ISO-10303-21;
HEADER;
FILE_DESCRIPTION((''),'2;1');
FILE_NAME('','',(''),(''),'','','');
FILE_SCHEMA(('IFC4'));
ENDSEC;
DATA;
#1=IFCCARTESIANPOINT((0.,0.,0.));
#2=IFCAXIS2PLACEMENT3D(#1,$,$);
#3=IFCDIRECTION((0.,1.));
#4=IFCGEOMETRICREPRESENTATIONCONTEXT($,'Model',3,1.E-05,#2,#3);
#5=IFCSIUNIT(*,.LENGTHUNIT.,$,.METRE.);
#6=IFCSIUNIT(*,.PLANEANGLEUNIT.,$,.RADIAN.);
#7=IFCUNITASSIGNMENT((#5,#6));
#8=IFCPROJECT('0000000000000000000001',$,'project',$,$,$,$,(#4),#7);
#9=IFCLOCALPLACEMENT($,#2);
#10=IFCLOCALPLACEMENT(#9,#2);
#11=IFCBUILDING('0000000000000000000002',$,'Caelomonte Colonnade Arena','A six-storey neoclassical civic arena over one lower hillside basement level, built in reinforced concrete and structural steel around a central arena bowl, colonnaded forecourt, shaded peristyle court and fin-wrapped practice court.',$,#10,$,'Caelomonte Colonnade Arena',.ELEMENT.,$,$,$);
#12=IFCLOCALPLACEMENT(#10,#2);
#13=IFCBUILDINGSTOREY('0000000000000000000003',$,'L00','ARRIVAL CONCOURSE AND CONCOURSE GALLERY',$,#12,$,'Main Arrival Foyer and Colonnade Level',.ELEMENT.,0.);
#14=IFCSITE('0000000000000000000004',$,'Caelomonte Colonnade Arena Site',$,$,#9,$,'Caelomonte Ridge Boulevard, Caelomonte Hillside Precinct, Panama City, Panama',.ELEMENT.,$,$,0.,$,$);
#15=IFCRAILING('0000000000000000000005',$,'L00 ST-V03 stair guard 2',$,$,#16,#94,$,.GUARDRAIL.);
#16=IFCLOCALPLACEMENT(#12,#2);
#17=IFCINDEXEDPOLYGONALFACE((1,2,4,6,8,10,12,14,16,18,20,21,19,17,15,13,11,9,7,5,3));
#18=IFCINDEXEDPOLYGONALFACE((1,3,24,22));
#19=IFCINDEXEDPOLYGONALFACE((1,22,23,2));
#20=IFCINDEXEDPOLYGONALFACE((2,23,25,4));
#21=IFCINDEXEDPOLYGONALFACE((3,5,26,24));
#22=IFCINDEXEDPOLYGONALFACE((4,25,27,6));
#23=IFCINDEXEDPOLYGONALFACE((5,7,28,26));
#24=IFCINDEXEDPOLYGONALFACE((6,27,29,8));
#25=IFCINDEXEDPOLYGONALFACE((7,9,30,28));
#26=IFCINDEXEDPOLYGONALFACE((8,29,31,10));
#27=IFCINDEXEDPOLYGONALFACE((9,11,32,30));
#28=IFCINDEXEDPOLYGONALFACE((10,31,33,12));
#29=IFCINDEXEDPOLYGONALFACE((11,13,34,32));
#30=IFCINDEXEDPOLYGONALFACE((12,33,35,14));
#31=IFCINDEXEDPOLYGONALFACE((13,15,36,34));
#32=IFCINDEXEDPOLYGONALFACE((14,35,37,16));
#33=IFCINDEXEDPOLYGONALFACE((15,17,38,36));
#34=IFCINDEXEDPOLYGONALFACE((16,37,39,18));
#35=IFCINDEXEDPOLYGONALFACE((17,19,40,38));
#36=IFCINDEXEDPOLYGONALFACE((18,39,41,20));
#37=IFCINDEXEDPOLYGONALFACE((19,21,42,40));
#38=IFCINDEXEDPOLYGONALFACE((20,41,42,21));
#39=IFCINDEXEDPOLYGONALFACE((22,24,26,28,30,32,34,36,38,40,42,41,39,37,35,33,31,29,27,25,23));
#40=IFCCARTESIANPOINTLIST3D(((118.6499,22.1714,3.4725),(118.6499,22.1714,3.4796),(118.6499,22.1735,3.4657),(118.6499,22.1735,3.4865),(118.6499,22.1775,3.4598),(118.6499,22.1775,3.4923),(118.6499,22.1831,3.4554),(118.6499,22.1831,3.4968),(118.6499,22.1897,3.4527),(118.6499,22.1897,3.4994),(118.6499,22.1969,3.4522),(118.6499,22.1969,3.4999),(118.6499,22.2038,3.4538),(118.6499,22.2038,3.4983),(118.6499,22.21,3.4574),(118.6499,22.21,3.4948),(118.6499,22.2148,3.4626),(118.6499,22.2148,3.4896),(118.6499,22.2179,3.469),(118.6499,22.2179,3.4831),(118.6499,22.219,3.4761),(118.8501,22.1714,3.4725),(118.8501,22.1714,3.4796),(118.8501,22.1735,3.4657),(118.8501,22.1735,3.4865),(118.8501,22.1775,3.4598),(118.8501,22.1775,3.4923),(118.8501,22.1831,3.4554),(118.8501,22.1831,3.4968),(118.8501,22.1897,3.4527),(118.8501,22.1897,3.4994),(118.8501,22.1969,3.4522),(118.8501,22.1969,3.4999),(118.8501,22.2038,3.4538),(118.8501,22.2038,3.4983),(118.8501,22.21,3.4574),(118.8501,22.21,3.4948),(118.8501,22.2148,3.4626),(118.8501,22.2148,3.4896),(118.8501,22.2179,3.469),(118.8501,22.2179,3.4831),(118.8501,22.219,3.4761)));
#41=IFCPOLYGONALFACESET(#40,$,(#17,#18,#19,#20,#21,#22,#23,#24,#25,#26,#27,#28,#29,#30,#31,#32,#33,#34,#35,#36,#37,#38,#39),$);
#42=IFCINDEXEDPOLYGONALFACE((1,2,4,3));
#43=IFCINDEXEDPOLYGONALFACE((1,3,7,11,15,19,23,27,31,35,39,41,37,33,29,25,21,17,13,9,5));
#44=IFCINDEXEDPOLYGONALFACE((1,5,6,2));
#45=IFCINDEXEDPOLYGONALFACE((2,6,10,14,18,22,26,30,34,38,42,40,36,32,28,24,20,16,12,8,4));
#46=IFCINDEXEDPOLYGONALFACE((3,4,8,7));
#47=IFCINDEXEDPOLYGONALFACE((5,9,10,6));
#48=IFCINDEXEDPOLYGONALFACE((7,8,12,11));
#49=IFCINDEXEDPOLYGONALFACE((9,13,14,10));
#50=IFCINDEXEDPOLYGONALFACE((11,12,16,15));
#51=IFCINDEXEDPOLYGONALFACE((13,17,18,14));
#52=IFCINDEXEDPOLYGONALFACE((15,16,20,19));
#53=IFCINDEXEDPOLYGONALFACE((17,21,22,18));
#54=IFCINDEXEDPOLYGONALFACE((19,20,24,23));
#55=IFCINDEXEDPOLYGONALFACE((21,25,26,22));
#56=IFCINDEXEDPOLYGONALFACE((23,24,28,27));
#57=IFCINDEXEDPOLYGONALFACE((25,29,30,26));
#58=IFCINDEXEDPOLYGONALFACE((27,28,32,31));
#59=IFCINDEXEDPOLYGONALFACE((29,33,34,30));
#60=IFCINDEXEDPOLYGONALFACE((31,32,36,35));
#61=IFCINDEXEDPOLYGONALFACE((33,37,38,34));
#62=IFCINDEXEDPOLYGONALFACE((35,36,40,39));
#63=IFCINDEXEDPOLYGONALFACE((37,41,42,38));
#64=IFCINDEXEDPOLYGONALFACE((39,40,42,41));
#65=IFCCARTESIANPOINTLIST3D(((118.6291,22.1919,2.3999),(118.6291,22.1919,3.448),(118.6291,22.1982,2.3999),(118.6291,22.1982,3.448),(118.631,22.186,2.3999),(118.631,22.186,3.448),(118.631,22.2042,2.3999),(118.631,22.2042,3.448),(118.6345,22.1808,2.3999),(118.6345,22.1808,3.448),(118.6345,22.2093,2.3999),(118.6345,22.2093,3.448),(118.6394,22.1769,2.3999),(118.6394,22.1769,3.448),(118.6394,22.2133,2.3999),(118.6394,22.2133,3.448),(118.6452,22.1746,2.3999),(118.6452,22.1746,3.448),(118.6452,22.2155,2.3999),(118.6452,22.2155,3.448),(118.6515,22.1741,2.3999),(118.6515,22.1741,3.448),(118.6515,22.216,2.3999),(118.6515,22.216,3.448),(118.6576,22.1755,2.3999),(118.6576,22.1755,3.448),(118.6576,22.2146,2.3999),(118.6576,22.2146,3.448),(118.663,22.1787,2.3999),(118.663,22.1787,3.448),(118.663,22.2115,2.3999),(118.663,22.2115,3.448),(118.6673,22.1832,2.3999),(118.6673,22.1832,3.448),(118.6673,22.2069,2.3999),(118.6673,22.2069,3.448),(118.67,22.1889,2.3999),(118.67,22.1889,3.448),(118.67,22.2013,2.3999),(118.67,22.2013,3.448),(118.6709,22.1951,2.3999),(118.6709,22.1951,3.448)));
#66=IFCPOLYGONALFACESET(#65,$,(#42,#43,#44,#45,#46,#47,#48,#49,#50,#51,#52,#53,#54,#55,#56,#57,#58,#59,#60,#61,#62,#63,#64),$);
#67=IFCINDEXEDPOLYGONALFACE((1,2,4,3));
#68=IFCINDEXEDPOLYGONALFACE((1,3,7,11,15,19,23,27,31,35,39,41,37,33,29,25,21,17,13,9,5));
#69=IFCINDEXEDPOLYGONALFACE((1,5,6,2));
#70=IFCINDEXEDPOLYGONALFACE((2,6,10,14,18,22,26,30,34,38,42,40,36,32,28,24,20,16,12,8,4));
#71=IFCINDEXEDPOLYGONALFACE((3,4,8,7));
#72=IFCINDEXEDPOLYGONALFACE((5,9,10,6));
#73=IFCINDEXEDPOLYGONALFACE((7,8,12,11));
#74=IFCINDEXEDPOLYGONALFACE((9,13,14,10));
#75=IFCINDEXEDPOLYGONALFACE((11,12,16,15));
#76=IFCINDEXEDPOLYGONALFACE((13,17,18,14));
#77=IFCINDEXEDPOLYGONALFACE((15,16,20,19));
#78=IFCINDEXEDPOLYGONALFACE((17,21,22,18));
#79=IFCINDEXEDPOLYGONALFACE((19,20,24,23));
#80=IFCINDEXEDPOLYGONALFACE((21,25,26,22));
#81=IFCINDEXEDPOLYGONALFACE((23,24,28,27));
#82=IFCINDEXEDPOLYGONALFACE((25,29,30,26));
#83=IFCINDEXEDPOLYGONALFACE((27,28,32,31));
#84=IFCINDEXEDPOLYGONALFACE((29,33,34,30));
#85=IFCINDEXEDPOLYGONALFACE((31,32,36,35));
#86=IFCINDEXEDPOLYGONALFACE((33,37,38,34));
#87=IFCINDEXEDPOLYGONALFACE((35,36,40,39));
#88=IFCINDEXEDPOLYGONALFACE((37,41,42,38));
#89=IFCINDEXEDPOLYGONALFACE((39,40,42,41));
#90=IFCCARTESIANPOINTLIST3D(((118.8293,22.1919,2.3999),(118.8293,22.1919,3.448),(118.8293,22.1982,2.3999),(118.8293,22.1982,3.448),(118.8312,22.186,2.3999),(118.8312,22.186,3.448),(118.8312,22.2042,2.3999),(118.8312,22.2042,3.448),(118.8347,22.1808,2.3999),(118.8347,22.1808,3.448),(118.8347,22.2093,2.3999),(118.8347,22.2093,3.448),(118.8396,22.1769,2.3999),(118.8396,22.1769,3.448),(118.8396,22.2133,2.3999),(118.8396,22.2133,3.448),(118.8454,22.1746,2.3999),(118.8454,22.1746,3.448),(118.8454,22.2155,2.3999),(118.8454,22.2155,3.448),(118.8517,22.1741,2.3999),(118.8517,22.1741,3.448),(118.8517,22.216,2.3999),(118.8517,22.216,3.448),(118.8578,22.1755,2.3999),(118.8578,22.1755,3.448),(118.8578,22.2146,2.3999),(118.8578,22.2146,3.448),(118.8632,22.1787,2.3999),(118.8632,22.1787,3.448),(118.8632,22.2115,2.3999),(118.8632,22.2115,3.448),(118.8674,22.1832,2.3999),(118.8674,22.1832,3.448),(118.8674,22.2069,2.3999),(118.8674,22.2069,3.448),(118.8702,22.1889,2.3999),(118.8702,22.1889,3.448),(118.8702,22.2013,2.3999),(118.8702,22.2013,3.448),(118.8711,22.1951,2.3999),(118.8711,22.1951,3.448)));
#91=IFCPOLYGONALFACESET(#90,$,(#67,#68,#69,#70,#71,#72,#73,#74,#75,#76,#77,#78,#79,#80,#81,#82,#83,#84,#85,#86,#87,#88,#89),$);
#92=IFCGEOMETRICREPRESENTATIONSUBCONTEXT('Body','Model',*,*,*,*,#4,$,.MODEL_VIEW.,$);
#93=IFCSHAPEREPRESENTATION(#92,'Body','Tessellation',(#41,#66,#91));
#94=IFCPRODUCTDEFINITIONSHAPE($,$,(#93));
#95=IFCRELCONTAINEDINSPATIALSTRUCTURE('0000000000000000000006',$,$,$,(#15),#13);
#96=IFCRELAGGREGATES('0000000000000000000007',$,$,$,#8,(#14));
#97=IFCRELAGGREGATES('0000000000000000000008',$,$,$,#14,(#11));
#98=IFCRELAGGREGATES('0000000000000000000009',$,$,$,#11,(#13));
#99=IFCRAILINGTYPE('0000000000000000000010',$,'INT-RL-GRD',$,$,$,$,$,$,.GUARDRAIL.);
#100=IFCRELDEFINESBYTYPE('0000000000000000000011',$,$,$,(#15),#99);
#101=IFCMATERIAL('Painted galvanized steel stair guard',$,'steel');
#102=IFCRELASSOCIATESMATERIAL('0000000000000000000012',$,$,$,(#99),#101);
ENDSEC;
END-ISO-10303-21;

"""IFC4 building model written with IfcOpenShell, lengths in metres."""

from ifc_helpers import new_model, si_unit, direction, frame, origin, origin_2d, place, context, subcontext, project, spatial, circle, extrude, material, type_object, element, save


model = new_model("IFC4")

# Units and contexts
model_context = context("Model", 3, precision=1e-05, world=origin(), true_north=direction((0.0, 1.0)))
body_context = subcontext(model_context, "Body", "Model", "MODEL_VIEW")
ifc_project = project(units=[si_unit("LENGTHUNIT", "METRE"), si_unit("PLANEANGLEUNIT", "RADIAN")], contexts=[model_context])

# Site, building, storey
site_placement = place(None, origin())
site = spatial("IfcSite", under=ifc_project, at=site_placement, Name="Caelomonte Colonnade Arena Site", LongName="Caelomonte Ridge Boulevard, Caelomonte Hillside Precinct, Panama City, Panama", CompositionType="ELEMENT", RefElevation=0.0)
building_placement = place(site_placement, origin())
building = spatial("IfcBuilding", under=site, at=building_placement, Name="Caelomonte Colonnade Arena", Description="A six-storey neoclassical civic arena over one lower hillside basement level, built in reinforced concrete and structural steel around a central arena bowl, colonnaded forecourt, shaded peristyle court and fin-wrapped practice court.", LongName="Caelomonte Colonnade Arena", CompositionType="ELEMENT")
storey_placement = place(building_placement, origin())
storey = spatial("IfcBuildingStorey", under=building, at=storey_placement, Name="L00", Description="ARRIVAL CONCOURSE AND CONCOURSE GALLERY", LongName="Main Arrival Foyer and Colonnade Level", CompositionType="ELEMENT", Elevation=0.0)

# Railing
ifc_material_1 = material(Name="Painted galvanized steel stair guard", Category="steel")
railing_type_1 = type_object("IfcRailingType", Name="INT-RL-GRD", PredefinedType="GUARDRAIL", material=ifc_material_1)
railing_1_placement = place(storey_placement, frame((118.6499, 22.1951, 2.3999)))
element("IfcRailing", 1, at=railing_1_placement, inside=storey, type_object=railing_type_1, Name="L00 ST-V03 stair guard 2", PredefinedType="GUARDRAIL", context=body_context, shape_type="SweptSolid", body=[
    extrude(circle(Radius=0.0239, at=origin_2d()), frame((0.0, 0.0, 1.0762), z_axis=(1.0, 0.0, 0.0), x_axis=(0.0, 1.0, 0.0)), (0.0, 0.0, 1.0), 0.2002),
    extrude(circle(Radius=0.021, at=origin_2d()), origin(), (0.0, 0.0, 1.0), 1.0481),
    extrude(circle(Radius=0.021, at=origin_2d()), frame((0.2002, 0.0, 0.0)), (0.0, 0.0, 1.0), 1.0481),
])

save(model, "model.ifc")
